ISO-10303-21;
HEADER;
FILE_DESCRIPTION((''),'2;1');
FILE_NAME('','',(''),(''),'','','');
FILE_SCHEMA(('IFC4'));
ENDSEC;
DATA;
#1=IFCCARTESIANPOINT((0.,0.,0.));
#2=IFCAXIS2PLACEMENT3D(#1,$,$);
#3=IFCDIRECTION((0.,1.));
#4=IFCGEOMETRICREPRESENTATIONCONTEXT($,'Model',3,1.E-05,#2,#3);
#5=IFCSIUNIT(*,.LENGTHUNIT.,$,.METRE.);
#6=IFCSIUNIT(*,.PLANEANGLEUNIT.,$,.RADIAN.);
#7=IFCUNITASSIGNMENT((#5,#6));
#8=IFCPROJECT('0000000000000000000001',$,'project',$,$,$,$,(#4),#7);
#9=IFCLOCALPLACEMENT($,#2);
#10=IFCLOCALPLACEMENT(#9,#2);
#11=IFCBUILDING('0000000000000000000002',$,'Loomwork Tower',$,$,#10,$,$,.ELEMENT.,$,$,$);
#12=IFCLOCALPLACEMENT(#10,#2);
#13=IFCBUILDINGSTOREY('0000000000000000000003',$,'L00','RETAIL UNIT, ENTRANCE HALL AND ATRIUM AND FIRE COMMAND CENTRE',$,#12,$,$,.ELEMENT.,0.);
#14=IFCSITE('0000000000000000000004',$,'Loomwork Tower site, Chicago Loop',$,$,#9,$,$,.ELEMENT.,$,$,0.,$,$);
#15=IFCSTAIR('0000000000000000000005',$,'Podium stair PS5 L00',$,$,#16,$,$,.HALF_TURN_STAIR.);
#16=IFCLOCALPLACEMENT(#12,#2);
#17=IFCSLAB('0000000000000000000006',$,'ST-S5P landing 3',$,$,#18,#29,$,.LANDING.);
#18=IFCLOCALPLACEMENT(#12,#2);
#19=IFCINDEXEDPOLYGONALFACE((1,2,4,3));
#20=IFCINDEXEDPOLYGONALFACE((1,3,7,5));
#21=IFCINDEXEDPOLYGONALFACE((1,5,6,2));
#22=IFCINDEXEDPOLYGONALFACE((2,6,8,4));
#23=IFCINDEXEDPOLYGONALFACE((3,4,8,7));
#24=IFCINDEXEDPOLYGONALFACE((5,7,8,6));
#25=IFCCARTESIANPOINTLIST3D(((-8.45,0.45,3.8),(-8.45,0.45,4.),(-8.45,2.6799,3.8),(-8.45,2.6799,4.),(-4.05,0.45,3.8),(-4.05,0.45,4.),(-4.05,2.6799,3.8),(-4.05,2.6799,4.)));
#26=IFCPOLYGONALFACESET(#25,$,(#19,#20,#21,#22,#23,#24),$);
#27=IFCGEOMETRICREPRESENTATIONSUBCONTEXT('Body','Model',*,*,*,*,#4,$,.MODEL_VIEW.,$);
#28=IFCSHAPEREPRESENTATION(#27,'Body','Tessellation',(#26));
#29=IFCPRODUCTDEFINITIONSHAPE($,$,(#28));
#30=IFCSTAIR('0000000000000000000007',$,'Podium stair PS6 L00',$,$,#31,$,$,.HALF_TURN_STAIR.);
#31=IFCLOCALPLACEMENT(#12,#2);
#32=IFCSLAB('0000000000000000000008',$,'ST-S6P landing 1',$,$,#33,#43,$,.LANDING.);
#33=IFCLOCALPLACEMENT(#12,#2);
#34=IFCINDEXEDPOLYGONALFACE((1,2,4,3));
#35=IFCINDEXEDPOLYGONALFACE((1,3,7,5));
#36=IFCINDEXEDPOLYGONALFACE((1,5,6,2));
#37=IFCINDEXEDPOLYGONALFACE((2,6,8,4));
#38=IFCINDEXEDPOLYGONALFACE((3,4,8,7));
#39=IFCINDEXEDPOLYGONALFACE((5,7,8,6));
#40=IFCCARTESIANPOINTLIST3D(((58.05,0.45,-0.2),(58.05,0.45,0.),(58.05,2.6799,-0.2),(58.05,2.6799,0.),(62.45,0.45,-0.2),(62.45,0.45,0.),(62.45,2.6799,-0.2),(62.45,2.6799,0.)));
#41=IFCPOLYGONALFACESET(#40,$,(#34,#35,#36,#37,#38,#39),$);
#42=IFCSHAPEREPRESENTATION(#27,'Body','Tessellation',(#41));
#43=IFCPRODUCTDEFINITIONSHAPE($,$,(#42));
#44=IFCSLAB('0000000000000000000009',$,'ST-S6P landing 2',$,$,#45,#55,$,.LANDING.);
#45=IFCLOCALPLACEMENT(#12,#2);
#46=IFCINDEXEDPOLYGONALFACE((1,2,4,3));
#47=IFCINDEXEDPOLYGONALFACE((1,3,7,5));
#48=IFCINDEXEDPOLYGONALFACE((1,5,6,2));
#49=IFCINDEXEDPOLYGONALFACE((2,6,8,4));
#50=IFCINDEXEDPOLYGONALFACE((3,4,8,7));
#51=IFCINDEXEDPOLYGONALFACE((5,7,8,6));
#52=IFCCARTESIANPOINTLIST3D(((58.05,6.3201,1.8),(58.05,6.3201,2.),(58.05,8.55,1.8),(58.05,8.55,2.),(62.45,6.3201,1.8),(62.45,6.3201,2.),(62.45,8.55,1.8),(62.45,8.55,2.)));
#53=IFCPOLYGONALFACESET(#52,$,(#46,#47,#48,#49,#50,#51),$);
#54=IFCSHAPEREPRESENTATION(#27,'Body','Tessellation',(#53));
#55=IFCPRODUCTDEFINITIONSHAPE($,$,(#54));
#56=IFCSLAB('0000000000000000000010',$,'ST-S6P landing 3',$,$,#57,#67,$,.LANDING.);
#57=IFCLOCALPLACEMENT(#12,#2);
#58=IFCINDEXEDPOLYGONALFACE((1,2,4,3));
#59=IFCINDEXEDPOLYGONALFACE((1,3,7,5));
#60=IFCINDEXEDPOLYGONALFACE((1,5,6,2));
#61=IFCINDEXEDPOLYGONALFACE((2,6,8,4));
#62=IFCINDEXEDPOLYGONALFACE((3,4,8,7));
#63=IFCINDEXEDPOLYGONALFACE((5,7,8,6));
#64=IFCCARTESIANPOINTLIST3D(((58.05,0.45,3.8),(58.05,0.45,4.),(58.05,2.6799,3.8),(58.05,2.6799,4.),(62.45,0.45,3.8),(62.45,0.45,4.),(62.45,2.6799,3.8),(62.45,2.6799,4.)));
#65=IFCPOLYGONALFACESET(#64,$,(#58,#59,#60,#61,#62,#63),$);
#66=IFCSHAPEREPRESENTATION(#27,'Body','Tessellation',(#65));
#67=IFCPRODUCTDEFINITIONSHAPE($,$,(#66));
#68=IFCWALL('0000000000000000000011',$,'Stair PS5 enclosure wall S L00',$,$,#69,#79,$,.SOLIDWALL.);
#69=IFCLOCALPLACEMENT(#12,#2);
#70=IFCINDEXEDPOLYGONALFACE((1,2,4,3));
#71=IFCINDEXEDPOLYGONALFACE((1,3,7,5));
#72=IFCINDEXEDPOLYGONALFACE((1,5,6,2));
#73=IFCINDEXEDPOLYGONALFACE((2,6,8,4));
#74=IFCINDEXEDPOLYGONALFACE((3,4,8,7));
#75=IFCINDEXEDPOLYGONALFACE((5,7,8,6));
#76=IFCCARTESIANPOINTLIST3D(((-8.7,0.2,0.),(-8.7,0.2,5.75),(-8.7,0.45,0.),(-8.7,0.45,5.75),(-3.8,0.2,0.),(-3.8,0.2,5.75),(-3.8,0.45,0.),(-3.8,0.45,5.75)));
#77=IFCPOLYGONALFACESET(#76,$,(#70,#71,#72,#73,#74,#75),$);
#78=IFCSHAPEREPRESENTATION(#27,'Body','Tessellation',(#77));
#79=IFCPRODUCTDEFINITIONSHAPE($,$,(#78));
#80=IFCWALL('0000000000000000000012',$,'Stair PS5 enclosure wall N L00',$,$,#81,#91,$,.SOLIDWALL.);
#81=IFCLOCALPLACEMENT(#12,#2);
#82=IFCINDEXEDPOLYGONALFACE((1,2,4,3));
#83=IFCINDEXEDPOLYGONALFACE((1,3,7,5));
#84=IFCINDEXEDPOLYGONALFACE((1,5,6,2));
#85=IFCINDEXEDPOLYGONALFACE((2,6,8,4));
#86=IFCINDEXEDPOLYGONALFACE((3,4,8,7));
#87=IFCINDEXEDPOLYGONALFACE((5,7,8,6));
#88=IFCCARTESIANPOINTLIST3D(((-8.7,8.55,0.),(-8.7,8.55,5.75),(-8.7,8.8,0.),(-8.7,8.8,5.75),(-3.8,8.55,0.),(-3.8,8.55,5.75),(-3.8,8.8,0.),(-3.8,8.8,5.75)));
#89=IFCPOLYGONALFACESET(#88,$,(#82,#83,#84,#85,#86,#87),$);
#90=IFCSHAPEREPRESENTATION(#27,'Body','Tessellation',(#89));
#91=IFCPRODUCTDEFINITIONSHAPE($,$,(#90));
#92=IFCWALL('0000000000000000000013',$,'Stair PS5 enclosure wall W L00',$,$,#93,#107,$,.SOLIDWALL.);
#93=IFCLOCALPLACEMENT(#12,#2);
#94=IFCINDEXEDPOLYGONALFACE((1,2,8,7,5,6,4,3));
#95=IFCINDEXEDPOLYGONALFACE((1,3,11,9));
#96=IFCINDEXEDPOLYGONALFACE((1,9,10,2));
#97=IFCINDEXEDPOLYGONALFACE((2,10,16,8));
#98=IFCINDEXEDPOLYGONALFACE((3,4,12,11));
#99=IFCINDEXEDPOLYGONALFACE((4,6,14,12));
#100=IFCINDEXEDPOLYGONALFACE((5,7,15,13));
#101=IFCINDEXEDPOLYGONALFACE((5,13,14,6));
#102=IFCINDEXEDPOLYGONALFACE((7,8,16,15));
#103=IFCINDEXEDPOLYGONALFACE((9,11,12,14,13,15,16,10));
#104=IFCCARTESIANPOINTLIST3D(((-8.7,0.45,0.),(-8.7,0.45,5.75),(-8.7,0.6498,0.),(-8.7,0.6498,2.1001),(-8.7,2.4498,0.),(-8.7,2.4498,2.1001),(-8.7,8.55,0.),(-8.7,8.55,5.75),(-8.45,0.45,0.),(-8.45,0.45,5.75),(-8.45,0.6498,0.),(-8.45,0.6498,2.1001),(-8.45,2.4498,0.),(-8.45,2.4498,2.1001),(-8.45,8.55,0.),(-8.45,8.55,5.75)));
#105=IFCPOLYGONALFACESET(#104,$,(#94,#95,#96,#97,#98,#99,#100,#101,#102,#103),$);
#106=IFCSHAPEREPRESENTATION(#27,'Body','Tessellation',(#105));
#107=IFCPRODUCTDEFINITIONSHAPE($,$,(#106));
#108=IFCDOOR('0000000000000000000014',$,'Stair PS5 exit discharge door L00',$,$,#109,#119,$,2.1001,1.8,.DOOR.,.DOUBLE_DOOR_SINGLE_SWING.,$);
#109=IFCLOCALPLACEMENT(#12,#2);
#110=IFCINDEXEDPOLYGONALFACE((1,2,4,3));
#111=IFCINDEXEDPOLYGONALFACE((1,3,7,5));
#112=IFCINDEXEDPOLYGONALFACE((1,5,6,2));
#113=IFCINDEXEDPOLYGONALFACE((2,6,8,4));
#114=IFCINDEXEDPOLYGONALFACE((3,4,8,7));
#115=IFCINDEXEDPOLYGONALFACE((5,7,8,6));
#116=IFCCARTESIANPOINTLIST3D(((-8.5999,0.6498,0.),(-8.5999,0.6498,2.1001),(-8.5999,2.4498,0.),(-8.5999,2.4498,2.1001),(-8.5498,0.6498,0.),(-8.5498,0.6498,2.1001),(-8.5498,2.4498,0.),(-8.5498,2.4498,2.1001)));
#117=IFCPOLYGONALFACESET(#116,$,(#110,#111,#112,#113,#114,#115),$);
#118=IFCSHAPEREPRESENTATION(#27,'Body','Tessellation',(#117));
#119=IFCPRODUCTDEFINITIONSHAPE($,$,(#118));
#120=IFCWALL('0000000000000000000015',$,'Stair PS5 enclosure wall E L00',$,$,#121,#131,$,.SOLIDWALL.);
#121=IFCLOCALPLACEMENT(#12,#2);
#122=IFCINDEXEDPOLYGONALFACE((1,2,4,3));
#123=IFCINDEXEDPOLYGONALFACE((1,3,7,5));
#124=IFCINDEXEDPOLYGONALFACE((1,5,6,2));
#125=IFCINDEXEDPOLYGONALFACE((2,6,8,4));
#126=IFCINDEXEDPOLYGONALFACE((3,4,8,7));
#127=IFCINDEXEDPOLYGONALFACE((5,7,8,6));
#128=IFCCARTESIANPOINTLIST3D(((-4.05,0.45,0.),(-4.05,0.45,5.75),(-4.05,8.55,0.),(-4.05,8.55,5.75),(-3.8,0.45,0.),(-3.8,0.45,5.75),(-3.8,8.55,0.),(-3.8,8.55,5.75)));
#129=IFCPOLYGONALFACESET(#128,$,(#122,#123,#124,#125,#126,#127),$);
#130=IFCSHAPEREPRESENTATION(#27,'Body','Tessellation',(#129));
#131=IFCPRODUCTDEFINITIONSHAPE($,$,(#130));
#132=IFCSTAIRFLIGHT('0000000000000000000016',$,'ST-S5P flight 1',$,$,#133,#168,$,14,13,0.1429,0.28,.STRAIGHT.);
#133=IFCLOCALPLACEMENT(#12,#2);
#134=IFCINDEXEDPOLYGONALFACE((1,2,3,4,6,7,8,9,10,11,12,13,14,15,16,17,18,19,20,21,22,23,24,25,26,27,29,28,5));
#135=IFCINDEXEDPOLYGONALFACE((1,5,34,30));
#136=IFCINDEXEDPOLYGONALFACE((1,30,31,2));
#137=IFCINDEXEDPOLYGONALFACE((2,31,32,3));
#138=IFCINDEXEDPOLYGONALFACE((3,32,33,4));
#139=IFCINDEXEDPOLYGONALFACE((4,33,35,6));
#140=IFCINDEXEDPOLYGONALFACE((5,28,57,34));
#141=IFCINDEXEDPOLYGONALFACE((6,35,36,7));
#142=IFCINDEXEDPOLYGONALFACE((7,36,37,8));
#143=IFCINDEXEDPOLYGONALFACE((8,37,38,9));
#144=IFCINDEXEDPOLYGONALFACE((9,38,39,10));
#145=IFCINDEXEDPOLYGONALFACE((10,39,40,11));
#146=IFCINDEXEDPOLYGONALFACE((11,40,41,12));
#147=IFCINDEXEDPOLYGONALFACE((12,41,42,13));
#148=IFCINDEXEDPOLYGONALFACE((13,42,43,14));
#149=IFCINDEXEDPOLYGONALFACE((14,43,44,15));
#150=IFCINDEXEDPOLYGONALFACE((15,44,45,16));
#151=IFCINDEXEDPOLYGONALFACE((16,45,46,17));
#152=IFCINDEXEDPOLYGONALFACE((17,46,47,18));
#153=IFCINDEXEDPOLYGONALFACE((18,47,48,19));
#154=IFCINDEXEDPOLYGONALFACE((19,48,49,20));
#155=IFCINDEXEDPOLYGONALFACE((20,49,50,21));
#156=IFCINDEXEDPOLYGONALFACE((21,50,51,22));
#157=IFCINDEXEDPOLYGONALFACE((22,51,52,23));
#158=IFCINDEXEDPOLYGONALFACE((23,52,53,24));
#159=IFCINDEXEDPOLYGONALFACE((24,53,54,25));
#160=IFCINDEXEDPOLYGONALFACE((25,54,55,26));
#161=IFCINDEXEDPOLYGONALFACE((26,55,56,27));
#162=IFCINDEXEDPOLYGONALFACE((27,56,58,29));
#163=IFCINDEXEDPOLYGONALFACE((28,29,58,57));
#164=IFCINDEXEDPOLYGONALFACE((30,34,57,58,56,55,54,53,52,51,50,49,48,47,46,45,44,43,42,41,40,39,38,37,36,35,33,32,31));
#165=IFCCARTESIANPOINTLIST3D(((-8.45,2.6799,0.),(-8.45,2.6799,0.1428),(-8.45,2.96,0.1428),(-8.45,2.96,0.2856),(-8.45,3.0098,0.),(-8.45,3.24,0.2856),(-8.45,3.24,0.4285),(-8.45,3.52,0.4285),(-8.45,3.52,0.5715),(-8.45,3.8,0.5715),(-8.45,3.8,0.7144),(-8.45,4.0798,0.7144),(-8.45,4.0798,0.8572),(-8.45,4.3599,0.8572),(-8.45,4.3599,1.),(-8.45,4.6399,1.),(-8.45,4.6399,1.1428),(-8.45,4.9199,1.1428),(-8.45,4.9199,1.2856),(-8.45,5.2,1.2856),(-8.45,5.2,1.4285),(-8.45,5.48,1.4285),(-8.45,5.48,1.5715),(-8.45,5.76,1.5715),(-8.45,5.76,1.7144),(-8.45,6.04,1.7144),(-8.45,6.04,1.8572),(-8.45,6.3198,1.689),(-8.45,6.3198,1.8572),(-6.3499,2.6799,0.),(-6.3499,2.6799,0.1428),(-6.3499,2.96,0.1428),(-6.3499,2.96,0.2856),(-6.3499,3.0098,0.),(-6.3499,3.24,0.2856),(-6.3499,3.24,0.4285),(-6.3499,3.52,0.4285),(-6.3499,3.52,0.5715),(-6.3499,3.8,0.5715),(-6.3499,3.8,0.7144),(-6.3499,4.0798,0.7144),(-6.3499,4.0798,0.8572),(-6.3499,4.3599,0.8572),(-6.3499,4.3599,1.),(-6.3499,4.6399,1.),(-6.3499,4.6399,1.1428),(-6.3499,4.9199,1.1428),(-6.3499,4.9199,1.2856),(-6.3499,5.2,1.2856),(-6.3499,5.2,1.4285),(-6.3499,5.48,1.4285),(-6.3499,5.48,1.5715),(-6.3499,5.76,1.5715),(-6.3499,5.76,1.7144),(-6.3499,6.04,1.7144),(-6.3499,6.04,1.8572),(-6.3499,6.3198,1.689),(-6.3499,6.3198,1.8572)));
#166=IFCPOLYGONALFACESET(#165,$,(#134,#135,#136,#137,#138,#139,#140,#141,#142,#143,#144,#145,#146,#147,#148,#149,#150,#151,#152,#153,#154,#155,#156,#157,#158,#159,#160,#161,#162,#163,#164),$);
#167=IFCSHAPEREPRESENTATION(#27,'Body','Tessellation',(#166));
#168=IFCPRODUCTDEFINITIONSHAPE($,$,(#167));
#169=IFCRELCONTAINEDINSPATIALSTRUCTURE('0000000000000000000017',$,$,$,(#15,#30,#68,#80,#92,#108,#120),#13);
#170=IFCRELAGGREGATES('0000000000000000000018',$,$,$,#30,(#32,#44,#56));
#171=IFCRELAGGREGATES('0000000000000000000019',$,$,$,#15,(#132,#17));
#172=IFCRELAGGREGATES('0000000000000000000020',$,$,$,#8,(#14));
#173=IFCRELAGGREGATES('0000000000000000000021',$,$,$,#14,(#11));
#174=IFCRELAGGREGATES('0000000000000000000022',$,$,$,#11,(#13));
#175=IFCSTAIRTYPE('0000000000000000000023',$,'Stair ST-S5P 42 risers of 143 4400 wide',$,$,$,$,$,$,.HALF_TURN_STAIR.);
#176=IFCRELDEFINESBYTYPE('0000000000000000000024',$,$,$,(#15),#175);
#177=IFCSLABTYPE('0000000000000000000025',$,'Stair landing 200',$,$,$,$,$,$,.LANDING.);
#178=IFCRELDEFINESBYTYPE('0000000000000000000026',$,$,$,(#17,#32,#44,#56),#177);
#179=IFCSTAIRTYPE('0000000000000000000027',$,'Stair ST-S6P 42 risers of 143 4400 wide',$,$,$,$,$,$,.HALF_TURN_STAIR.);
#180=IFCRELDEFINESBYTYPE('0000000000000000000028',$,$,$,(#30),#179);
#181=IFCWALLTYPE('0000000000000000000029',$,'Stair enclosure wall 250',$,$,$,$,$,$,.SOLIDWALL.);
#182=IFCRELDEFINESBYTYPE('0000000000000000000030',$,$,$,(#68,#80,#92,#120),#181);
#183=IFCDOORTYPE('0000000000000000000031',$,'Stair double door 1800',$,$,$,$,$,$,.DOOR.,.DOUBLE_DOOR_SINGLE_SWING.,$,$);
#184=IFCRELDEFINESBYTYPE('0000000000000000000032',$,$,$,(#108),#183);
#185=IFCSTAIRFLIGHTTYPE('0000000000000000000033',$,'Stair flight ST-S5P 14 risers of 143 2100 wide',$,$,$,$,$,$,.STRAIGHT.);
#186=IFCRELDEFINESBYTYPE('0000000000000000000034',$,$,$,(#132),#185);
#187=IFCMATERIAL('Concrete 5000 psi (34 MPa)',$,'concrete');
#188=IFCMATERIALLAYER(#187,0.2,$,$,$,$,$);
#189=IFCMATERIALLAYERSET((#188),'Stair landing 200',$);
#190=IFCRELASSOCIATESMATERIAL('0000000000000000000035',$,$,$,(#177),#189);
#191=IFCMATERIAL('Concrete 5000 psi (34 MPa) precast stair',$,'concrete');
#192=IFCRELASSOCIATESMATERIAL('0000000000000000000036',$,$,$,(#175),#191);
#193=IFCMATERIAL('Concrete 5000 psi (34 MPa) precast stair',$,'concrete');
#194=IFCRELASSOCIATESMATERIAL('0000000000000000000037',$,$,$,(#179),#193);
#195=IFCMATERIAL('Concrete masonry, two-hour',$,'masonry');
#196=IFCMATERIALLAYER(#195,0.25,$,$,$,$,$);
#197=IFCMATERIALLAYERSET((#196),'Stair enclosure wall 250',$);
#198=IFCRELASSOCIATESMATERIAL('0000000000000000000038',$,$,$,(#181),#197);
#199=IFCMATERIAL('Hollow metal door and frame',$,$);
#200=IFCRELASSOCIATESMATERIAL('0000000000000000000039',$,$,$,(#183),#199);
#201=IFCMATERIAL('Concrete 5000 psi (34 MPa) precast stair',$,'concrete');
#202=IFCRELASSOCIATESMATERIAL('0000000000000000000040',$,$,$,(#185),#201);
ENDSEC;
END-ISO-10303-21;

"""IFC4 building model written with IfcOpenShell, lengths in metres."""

from ifc_helpers import new_model, si_unit, direction, frame, frame_2d, origin, place, context, subcontext, project, spatial, polyline, rectangle, outline, extrude, material, layer, layer_set, type_object, element, fill, aggregate, save


model = new_model("IFC4")

# Units and contexts
model_context = context("Model", 3, precision=1e-05, world=origin(), true_north=direction((0.0, 1.0)))
body_context = subcontext(model_context, "Body", "Model", "MODEL_VIEW")
ifc_project = project(units=[si_unit("LENGTHUNIT", "METRE"), si_unit("PLANEANGLEUNIT", "RADIAN")], contexts=[model_context])

# Site, building, storey
site_placement = place(None, origin())
site = spatial("IfcSite", under=ifc_project, at=site_placement, Name="Loomwork Tower site, Chicago Loop", CompositionType="ELEMENT", RefElevation=0.0)
building_placement = place(site_placement, origin())
building = spatial("IfcBuilding", under=site, at=building_placement, Name="Loomwork Tower", CompositionType="ELEMENT")
storey_placement = place(building_placement, origin())
storey = spatial("IfcBuildingStorey", under=building, at=storey_placement, Name="L00", Description="RETAIL UNIT, ENTRANCE HALL AND ATRIUM AND FIRE COMMAND CENTRE", CompositionType="ELEMENT", Elevation=0.0)

# Stairs, slabs
ifc_material_1 = material(Name="Concrete 5000 psi (34 MPa)", Category="concrete")
ifc_layer_1 = layer(ifc_material_1, 0.2)
ifc_layer_set_1 = layer_set([ifc_layer_1], Name="Stair landing 200")
slab_type = type_object("IfcSlabType", Name="Stair landing 200", PredefinedType="LANDING", material=ifc_layer_set_1)
ifc_material_2 = material(Name="Concrete 5000 psi (34 MPa) precast stair", Category="concrete")
stair_type_1 = type_object("IfcStairType", Name="Stair ST-S5P 42 risers of 143 4400 wide", PredefinedType="HALF_TURN_STAIR", material=ifc_material_2)
stair_1_placement = place(storey_placement, origin())
stair_1 = element("IfcStair", 1, at=stair_1_placement, inside=storey, type_object=stair_type_1, Name="Podium stair PS5 L00", PredefinedType="HALF_TURN_STAIR")
slab_1_placement = place(storey_placement, frame((0.0, 0.0, 3.8)))
slab_1 = element("IfcSlab", 2, at=slab_1_placement, type_object=slab_type, Name="ST-S5P landing 3", PredefinedType="LANDING", context=body_context, shape_type="SweptSolid", body=[
    extrude(outline(polyline([(-8.45, 0.45), (-4.05, 0.45), (-4.05, 2.6799), (-8.45, 2.6799), (-8.45, 0.45)])), origin(), (0.0, 0.0, 1.0), 0.2),
])
ifc_material_3 = material(Name="Concrete 5000 psi (34 MPa) precast stair", Category="concrete")
stair_type_2 = type_object("IfcStairType", Name="Stair ST-S6P 42 risers of 143 4400 wide", PredefinedType="HALF_TURN_STAIR", material=ifc_material_3)
stair_2_placement = place(storey_placement, origin())
stair_2 = element("IfcStair", 3, at=stair_2_placement, inside=storey, type_object=stair_type_2, Name="Podium stair PS6 L00", PredefinedType="HALF_TURN_STAIR")
slab_2_placement = place(storey_placement, frame((0.0, 0.0, -0.2)))
slab_2 = element("IfcSlab", 4, at=slab_2_placement, type_object=slab_type, Name="ST-S6P landing 1", PredefinedType="LANDING", context=body_context, shape_type="SweptSolid", body=[
    extrude(outline(polyline([(58.05, 0.45), (62.45, 0.45), (62.45, 2.6799), (58.05, 2.6799), (58.05, 0.45)])), origin(), (0.0, 0.0, 1.0), 0.2),
])
slab_3_placement = place(storey_placement, frame((0.0, 0.0, 1.8)))
slab_3 = element("IfcSlab", 5, at=slab_3_placement, type_object=slab_type, Name="ST-S6P landing 2", PredefinedType="LANDING", context=body_context, shape_type="SweptSolid", body=[
    extrude(outline(polyline([(58.05, 6.3201), (62.45, 6.3201), (62.45, 8.55), (58.05, 8.55), (58.05, 6.3201)])), origin(), (0.0, 0.0, 1.0), 0.2),
])
slab_4_placement = place(storey_placement, frame((0.0, 0.0, 3.8)))
slab_4 = element("IfcSlab", 6, at=slab_4_placement, type_object=slab_type, Name="ST-S6P landing 3", PredefinedType="LANDING", context=body_context, shape_type="SweptSolid", body=[
    extrude(outline(polyline([(58.05, 0.45), (62.45, 0.45), (62.45, 2.6799), (58.05, 2.6799), (58.05, 0.45)])), origin(), (0.0, 0.0, 1.0), 0.2),
])
aggregate(stair_2, [slab_2, slab_3, slab_4])

# Walls
ifc_material_4 = material(Name="Concrete masonry, two-hour", Category="masonry")
ifc_layer_2 = layer(ifc_material_4, 0.25)
ifc_layer_set_2 = layer_set([ifc_layer_2], Name="Stair enclosure wall 250")
wall_type = type_object("IfcWallType", Name="Stair enclosure wall 250", PredefinedType="SOLIDWALL", material=ifc_layer_set_2)
for number, where, z_axis, x_axis, name in (
    (7, (-8.7, 0.325, 0.0), (0.0, 0.0, 1.0), (1.0, 0.0, 0.0), "Stair PS5 enclosure wall S L00"),
    (8, (-8.7, 8.675, 0.0), (0.0, 0.0, 1.0), (1.0, 0.0, 0.0), "Stair PS5 enclosure wall N L00"),
):
    element("IfcWall", number, at=place(storey_placement, frame(where, z_axis=z_axis, x_axis=x_axis)), inside=storey, type_object=wall_type, Name=name, PredefinedType="SOLIDWALL", context=body_context, shape_type="SweptSolid", body=[
        extrude(rectangle(XDim=4.8999, YDim=0.25, at=frame_2d((2.45, 0.0))), origin(), (0.0, 0.0, 1.0), 5.75),
    ])

# Wall, opening, door
wall_1_placement = place(storey_placement, frame((-8.575, 0.45, 0.0), z_axis=(0.0, 0.0, 1.0), x_axis=(0.0, 1.0, 0.0)))
wall_1 = element("IfcWall", 9, at=wall_1_placement, inside=storey, type_object=wall_type, Name="Stair PS5 enclosure wall W L00", PredefinedType="SOLIDWALL", context=body_context, shape_type="SweptSolid", body=[
    extrude(rectangle(XDim=8.1001, YDim=0.25, at=frame_2d((4.05, 0.0))), origin(), (0.0, 0.0, 1.0), 5.75),
])
opening_placement = place(wall_1_placement, frame((0.2, 0.0, 0.0)))
opening = element("IfcOpeningElement", 10, at=opening_placement, cuts=wall_1, PredefinedType="OPENING", context=body_context, shape_type="SweptSolid", body=[
    extrude(rectangle(XDim=1.8, YDim=2.1001, at=frame_2d((0.8999, 1.05))), frame((0.0, 0.135, 0.0), z_axis=(0.0, -1.0, 0.0), x_axis=(1.0, 0.0, 0.0)), (0.0, 0.0, 1.0), 0.27),
])
ifc_material_5 = material(Name="Hollow metal door and frame")
door_type = type_object("IfcDoorType", Name="Stair double door 1800", OperationType="DOUBLE_DOOR_SINGLE_SWING", PredefinedType="DOOR", material=ifc_material_5)
door_placement = place(opening_placement, origin())
door = element("IfcDoor", 11, at=door_placement, inside=storey, type_object=door_type, Name="Stair PS5 exit discharge door L00", OperationType="DOUBLE_DOOR_SINGLE_SWING", OverallHeight=2.1001, OverallWidth=1.8, PredefinedType="DOOR", context=body_context, shape_type="SweptSolid", body=[
    extrude(rectangle(XDim=1.8, YDim=2.1001, at=frame_2d((0.8999, 1.05))), frame((0.0, 0.0249, 0.0), z_axis=(0.0, -1.0, 0.0), x_axis=(1.0, 0.0, 0.0)), (0.0, 0.0, 1.0), 0.05),
])
fill(opening, door)

# Wall
wall_2_placement = place(storey_placement, frame((-3.925, 0.45, 0.0), z_axis=(0.0, 0.0, 1.0), x_axis=(0.0, 1.0, 0.0)))
element("IfcWall", 12, at=wall_2_placement, inside=storey, type_object=wall_type, Name="Stair PS5 enclosure wall E L00", PredefinedType="SOLIDWALL", context=body_context, shape_type="SweptSolid", body=[
    extrude(rectangle(XDim=8.1001, YDim=0.25, at=frame_2d((4.05, 0.0))), origin(), (0.0, 0.0, 1.0), 5.75),
])

# Stair flight
ifc_material_6 = material(Name="Concrete 5000 psi (34 MPa) precast stair", Category="concrete")
stair_flight_type = type_object("IfcStairFlightType", Name="Stair flight ST-S5P 14 risers of 143 2100 wide", PredefinedType="STRAIGHT", material=ifc_material_6)
stair_flight_1_placement = place(storey_placement, frame((-7.3999, 2.6799, 0.0), z_axis=(0.0, 0.0, 1.0), x_axis=(0.0, 1.0, 0.0)))
stair_flight_1 = element("IfcStairFlight", 13, at=stair_flight_1_placement, type_object=stair_flight_type, Name="ST-S5P flight 1", NumberOfRisers=14, NumberOfTreads=13, PredefinedType="STRAIGHT", RiserHeight=0.1429, TreadLength=0.28, context=body_context, shape_type="SweptSolid", body=[
    extrude(outline(polyline([(0.0, 0.0), (0.0, 0.1428), (0.28, 0.1428), (0.28, 0.2856), (0.5601, 0.2856), (0.5601, 0.4285), (0.8401, 0.4285), (0.8401, 0.5715), (1.1201, 0.5715), (1.1201, 0.7144), (1.3999, 0.7144), (1.3999, 0.8572), (1.6799, 0.8572), (1.6799, 1.0), (1.96, 1.0), (1.96, 1.1428), (2.24, 1.1428), (2.24, 1.2856), (2.52, 1.2856), (2.52, 1.4285), (2.8, 1.4285), (2.8, 1.5715), (3.0801, 1.5715), (3.0801, 1.7144), (3.3601, 1.7144), (3.3601, 1.8572), (3.6399, 1.8572), (3.6399, 2.0), (3.6399, 1.689), (0.3298, 0.0), (0.0, 0.0)])), frame((0.0, 1.05, 0.0), z_axis=(0.0, -1.0, 0.0), x_axis=(1.0, 0.0, 0.0)), (0.0, 0.0, 1.0), 2.1001),
])
aggregate(stair_1, [stair_flight_1, slab_1])

save(model, "model.ifc")
